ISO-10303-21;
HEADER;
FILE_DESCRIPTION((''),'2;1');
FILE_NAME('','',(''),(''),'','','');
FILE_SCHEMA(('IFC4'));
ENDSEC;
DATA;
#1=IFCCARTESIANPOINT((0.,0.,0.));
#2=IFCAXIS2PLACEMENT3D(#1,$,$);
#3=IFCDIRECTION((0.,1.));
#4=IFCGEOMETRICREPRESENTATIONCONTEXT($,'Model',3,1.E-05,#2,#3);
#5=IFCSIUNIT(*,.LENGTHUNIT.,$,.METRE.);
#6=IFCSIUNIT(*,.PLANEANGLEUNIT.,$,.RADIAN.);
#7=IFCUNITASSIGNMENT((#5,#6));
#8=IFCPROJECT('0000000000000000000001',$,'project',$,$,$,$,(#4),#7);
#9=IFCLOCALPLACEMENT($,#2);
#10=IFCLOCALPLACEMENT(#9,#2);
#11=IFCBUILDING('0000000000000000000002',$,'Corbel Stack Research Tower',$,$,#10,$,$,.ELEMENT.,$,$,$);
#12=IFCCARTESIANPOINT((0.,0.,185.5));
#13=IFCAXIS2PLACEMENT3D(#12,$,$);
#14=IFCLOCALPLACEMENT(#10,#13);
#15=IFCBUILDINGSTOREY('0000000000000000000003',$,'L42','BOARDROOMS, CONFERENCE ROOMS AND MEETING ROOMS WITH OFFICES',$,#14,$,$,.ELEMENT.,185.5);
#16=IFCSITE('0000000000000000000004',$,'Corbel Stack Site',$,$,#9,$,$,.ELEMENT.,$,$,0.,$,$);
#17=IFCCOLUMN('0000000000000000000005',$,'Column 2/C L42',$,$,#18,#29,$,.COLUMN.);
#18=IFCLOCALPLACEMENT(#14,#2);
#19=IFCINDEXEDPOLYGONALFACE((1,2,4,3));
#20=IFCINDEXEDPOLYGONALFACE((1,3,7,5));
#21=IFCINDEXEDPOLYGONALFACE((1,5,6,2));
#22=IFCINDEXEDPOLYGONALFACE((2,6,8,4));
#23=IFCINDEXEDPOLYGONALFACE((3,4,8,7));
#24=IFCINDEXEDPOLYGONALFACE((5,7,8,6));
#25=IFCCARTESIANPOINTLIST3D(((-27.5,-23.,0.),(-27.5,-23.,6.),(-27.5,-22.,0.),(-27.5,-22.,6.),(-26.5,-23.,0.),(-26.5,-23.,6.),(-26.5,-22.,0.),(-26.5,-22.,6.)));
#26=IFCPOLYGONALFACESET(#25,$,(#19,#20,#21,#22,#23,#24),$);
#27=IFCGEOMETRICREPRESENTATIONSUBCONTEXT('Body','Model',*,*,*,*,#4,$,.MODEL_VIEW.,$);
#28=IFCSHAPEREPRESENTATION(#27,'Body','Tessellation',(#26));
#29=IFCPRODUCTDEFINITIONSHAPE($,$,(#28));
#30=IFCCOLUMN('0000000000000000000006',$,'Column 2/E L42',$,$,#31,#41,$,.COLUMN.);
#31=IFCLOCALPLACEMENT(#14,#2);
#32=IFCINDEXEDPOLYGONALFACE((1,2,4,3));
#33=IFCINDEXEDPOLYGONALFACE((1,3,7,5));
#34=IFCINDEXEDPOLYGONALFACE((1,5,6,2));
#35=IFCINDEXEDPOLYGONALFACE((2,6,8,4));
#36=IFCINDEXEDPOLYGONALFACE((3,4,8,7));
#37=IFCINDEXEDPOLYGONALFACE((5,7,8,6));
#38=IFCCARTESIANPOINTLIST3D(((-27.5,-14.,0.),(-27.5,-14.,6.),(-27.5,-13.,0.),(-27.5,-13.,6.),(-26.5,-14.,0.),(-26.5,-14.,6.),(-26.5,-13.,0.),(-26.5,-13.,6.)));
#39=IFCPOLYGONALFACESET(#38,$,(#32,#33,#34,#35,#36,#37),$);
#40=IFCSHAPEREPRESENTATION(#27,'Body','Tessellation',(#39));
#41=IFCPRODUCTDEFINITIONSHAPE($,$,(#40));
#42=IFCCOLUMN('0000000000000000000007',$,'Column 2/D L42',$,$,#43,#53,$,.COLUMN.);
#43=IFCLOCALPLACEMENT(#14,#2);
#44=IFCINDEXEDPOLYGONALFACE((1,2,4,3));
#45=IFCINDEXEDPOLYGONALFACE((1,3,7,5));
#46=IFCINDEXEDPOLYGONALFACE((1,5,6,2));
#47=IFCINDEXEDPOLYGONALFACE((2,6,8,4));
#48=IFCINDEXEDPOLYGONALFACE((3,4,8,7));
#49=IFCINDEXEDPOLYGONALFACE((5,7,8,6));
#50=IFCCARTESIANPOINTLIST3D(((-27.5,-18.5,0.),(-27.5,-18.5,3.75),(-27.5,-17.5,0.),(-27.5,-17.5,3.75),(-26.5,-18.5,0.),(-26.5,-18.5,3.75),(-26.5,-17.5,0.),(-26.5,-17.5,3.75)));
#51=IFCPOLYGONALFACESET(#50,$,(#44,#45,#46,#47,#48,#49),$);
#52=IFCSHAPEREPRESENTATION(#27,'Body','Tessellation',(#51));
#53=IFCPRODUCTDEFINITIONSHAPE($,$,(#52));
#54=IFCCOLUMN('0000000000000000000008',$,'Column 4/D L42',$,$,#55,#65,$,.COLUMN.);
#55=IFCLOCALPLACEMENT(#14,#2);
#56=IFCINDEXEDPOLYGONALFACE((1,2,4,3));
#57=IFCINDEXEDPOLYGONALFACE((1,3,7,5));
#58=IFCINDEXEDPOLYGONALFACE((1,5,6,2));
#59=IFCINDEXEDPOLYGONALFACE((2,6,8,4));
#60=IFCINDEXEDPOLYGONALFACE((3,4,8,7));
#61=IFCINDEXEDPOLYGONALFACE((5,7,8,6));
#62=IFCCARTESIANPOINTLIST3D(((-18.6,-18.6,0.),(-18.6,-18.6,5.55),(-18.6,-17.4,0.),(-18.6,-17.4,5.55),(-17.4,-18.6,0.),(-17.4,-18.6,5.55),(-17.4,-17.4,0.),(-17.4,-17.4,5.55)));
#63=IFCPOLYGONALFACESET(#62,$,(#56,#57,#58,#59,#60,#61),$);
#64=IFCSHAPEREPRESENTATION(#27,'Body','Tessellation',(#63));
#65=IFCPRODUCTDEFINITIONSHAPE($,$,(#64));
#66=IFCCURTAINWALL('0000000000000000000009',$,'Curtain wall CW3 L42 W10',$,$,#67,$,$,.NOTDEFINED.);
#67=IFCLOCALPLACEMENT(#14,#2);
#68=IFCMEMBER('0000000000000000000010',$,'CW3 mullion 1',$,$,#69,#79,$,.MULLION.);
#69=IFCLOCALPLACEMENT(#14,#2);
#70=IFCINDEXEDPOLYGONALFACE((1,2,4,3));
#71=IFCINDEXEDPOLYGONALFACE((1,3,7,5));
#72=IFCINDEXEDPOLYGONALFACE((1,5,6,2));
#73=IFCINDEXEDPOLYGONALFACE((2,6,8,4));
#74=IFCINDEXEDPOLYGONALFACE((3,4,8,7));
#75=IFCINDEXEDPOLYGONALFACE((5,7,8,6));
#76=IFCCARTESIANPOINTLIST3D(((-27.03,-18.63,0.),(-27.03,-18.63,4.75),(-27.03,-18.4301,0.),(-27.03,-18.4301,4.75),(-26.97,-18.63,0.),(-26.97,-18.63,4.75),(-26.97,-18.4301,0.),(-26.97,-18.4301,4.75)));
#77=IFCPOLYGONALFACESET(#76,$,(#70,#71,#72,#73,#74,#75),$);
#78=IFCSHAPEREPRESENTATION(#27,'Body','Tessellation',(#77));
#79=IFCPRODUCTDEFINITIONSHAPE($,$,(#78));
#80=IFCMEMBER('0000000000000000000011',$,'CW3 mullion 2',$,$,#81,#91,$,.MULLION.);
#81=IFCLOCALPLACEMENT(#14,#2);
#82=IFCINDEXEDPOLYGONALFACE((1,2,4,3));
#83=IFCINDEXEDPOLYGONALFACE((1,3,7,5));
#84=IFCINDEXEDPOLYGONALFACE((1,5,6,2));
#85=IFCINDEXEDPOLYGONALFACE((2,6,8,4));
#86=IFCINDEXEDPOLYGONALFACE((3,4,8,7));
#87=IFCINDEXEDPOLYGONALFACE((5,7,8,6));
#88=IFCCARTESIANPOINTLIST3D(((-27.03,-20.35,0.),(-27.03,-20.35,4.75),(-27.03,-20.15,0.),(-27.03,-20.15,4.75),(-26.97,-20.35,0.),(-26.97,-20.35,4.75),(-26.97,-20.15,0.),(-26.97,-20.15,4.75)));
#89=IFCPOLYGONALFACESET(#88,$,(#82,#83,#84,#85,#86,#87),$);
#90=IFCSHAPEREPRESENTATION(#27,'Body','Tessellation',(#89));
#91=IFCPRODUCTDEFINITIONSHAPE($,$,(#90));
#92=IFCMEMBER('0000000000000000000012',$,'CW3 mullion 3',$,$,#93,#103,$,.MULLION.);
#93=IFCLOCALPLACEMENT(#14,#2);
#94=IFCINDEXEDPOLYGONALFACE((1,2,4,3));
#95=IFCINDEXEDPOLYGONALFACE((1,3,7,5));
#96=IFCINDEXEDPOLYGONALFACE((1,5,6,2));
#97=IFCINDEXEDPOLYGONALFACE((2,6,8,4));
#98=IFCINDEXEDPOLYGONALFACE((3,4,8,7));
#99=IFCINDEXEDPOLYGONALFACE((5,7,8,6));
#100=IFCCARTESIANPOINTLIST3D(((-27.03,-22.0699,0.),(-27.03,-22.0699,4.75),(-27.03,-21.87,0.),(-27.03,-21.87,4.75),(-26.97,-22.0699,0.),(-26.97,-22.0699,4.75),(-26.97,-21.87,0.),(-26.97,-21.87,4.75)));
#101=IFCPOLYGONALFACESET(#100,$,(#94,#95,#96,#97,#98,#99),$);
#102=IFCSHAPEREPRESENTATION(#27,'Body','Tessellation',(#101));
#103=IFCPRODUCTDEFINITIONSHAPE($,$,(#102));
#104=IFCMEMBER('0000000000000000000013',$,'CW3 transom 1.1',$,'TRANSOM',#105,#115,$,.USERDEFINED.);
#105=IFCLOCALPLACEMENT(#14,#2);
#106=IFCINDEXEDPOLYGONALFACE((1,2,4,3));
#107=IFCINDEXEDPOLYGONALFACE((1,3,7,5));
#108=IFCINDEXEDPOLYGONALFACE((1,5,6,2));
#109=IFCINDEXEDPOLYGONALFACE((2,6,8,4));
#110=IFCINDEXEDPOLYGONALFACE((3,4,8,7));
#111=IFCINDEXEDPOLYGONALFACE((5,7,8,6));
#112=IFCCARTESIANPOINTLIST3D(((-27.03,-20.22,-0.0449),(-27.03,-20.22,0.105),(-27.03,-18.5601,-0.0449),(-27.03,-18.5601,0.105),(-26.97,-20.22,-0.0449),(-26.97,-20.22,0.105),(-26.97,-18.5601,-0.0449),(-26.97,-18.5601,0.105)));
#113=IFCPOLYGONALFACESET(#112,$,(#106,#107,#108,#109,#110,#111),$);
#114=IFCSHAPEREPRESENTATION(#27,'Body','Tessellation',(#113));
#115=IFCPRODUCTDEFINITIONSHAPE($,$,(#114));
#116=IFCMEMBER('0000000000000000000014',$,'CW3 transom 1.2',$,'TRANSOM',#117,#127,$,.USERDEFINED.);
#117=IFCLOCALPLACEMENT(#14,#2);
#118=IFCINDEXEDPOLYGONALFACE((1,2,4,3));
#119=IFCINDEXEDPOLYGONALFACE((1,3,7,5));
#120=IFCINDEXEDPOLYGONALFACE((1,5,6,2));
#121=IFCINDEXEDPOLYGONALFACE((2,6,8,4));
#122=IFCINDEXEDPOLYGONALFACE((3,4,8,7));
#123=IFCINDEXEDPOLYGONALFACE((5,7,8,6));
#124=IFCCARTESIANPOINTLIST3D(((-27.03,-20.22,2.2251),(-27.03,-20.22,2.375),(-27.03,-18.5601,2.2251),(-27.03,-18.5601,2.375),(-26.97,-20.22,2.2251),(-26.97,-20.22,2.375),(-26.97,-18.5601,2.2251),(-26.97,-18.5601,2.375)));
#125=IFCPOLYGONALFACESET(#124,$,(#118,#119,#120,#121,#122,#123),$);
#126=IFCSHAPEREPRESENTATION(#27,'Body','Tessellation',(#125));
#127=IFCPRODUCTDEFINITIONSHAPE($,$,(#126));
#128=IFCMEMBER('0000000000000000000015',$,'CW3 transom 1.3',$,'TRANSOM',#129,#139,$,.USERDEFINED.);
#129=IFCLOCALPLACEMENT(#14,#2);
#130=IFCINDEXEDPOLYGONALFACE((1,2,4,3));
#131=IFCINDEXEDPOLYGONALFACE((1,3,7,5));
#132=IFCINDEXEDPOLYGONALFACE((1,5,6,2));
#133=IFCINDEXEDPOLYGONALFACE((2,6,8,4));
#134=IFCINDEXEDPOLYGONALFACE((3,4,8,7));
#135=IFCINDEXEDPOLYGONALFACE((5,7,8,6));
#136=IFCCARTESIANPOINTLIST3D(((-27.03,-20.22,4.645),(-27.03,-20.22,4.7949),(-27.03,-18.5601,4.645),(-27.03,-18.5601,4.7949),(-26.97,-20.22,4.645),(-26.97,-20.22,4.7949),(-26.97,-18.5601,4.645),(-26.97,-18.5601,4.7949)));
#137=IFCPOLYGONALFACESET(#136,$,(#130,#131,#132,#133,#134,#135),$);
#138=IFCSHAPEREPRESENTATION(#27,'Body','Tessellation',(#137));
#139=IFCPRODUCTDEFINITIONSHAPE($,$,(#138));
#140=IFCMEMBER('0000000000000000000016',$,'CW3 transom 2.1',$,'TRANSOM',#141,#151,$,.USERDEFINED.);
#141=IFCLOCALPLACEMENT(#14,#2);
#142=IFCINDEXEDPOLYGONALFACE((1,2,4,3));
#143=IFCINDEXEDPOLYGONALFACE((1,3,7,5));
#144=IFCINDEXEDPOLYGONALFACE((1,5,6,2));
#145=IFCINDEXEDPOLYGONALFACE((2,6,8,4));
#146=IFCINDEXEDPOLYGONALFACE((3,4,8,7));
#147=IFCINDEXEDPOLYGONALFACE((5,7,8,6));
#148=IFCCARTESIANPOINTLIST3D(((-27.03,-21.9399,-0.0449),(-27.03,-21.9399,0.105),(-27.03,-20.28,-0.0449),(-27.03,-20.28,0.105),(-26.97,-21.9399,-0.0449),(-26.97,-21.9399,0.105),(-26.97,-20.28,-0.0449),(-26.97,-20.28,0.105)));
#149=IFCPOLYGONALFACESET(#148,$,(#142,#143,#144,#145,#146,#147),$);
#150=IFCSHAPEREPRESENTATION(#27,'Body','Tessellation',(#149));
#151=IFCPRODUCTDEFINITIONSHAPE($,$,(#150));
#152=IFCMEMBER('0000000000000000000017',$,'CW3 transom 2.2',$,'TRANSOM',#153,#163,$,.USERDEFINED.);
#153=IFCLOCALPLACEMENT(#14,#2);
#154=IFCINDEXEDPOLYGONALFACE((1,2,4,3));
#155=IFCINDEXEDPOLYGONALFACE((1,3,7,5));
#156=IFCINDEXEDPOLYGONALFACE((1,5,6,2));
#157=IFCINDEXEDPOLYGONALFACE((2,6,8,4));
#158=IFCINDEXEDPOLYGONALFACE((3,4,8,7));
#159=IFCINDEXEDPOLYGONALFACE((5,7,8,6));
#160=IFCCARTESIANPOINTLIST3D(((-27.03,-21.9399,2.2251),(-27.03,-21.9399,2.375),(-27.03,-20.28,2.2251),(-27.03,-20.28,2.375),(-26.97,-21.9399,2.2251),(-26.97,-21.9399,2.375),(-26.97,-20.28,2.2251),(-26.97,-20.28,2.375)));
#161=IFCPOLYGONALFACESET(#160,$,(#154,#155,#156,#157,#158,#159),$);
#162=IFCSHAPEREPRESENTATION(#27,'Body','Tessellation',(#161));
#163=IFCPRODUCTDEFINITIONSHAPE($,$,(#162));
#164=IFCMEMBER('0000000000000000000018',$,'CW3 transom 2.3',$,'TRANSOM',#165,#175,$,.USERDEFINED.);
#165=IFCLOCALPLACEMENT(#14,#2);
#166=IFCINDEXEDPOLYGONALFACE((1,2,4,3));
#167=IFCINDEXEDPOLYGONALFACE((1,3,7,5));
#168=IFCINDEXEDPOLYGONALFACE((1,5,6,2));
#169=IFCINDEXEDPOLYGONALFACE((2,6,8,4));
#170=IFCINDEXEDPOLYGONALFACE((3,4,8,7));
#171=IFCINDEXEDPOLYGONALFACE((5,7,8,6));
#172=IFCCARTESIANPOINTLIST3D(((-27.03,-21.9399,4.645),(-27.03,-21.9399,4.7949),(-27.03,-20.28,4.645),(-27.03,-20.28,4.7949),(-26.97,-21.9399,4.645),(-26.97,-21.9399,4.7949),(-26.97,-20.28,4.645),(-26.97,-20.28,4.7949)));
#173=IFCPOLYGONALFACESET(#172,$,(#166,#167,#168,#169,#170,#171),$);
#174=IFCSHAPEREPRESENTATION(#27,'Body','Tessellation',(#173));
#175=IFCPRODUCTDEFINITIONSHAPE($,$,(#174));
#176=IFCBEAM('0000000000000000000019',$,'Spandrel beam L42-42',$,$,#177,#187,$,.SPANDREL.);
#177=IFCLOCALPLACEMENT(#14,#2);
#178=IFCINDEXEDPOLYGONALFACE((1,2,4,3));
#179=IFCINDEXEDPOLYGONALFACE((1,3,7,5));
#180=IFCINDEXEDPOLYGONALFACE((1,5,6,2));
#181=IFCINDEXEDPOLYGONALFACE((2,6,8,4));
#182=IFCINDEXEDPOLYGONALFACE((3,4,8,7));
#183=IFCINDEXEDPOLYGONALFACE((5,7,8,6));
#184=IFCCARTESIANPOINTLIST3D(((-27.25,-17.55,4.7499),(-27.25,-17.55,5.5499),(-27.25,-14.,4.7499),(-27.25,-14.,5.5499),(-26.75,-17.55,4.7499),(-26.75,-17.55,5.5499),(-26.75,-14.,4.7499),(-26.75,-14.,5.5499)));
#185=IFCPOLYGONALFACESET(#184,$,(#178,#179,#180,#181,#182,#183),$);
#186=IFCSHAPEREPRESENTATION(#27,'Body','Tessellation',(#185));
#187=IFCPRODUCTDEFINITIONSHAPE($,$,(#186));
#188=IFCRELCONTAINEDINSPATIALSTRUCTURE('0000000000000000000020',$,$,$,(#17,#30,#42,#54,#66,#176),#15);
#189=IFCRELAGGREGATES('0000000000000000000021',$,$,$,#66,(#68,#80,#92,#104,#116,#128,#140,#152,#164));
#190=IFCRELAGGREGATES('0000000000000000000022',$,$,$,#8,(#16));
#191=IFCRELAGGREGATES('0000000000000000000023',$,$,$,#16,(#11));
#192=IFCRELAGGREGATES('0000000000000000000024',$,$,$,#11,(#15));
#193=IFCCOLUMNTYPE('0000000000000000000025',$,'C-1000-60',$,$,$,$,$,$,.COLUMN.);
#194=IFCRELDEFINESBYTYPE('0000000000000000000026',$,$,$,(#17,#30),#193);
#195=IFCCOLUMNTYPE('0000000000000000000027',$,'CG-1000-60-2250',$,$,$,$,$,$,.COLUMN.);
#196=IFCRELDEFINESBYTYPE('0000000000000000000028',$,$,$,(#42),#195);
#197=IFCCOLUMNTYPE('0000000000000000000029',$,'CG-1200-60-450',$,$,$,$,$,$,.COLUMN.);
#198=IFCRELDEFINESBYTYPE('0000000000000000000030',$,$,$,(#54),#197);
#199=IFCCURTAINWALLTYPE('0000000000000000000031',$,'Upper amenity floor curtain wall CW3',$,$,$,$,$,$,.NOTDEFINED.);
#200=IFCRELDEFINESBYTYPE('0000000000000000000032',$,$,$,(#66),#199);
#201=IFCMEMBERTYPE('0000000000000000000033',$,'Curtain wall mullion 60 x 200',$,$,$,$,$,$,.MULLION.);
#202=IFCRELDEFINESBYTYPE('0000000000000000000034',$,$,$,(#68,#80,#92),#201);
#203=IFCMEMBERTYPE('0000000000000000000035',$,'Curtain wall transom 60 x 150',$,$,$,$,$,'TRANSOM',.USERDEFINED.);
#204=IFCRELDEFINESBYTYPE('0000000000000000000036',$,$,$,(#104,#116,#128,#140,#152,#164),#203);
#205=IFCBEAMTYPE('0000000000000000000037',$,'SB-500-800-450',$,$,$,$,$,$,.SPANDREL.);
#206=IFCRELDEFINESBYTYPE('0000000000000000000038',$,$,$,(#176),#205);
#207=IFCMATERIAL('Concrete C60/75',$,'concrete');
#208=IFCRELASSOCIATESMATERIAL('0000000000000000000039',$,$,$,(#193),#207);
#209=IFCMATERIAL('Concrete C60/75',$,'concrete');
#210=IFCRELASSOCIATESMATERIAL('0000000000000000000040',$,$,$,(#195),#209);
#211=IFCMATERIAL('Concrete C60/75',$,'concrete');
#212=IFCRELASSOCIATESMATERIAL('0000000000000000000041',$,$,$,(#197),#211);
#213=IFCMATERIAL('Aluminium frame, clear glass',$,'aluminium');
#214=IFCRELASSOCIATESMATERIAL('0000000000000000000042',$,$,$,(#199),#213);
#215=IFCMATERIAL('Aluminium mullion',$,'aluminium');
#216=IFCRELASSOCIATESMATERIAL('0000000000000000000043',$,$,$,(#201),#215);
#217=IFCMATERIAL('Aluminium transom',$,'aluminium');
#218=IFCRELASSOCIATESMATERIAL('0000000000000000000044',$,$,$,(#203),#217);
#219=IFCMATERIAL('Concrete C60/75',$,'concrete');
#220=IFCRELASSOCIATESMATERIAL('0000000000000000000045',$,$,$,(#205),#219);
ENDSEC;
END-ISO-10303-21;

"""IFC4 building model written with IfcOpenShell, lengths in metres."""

from ifc_helpers import new_model, si_unit, direction, frame, origin, origin_2d, place, context, subcontext, project, spatial, rectangle, extrude, material, material_profile, profile_set, type_object, element, aggregate, save


model = new_model("IFC4")

# Units and contexts
model_context = context("Model", 3, precision=1e-05, world=origin(), true_north=direction((0.0, 1.0)))
body_context = subcontext(model_context, "Body", "Model", "MODEL_VIEW")
ifc_project = project(units=[si_unit("LENGTHUNIT", "METRE"), si_unit("PLANEANGLEUNIT", "RADIAN")], contexts=[model_context])

# Site, building, storey
site_placement = place(None, origin())
site = spatial("IfcSite", under=ifc_project, at=site_placement, Name="Corbel Stack Site", CompositionType="ELEMENT", RefElevation=0.0)
building_placement = place(site_placement, origin())
building = spatial("IfcBuilding", under=site, at=building_placement, Name="Corbel Stack Research Tower", CompositionType="ELEMENT")
storey_placement = place(building_placement, frame((0.0, 0.0, 185.5)))
storey = spatial("IfcBuildingStorey", under=building, at=storey_placement, Name="L42", Description="BOARDROOMS, CONFERENCE ROOMS AND MEETING ROOMS WITH OFFICES", CompositionType="ELEMENT", Elevation=185.5)

# Columns
ifc_material_1 = material(Name="Concrete C60/75", Category="concrete")
ifc_material_profile_1 = material_profile(ifc_material_1, rectangle(XDim=1.0, YDim=1.0, at=origin_2d()), Name="RC 1000 x 1000")
ifc_profile_set_1 = profile_set([ifc_material_profile_1], Name="Concrete C60/75")
column_type_1 = type_object("IfcColumnType", Name="C-1000-60", PredefinedType="COLUMN", material=ifc_profile_set_1)
for number, where, z_axis, x_axis, name in (
    (1, (-27.0, -22.5, 0.0), (0.0, 0.0, 1.0), (1.0, 0.0, 0.0), "Column 2/C L42"),
    (2, (-27.0, -13.5, 0.0), (0.0, 0.0, 1.0), (1.0, 0.0, 0.0), "Column 2/E L42"),
):
    element("IfcColumn", number, at=place(storey_placement, frame(where, z_axis=z_axis, x_axis=x_axis)), inside=storey, type_object=column_type_1, Name=name, PredefinedType="COLUMN", context=body_context, shape_type="SweptSolid", body=[
        extrude(rectangle(XDim=1.0, YDim=1.0, at=origin_2d()), origin(), (0.0, 0.0, 1.0), 6.0),
    ])
ifc_material_2 = material(Name="Concrete C60/75", Category="concrete")
ifc_material_profile_2 = material_profile(ifc_material_2, rectangle(XDim=1.0, YDim=1.0, at=origin_2d()), Name="RC 1000 x 1000")
ifc_profile_set_2 = profile_set([ifc_material_profile_2], Name="Concrete C60/75")
column_type_2 = type_object("IfcColumnType", Name="CG-1000-60-2250", PredefinedType="COLUMN", material=ifc_profile_set_2)
column_1_placement = place(storey_placement, frame((-27.0, -18.0, 0.0), z_axis=(0.0, 0.0, 1.0), x_axis=(1.0, 0.0, 0.0)))
element("IfcColumn", 3, at=column_1_placement, inside=storey, type_object=column_type_2, Name="Column 2/D L42", PredefinedType="COLUMN", context=body_context, shape_type="SweptSolid", body=[
    extrude(rectangle(XDim=1.0, YDim=1.0, at=origin_2d()), origin(), (0.0, 0.0, 1.0), 3.75),
])
ifc_material_3 = material(Name="Concrete C60/75", Category="concrete")
ifc_material_profile_3 = material_profile(ifc_material_3, rectangle(XDim=1.2, YDim=1.2, at=origin_2d()), Name="RC 1200 x 1200")
ifc_profile_set_3 = profile_set([ifc_material_profile_3], Name="Concrete C60/75")
column_type_3 = type_object("IfcColumnType", Name="CG-1200-60-450", PredefinedType="COLUMN", material=ifc_profile_set_3)
column_2_placement = place(storey_placement, frame((-18.0, -18.0, 0.0), z_axis=(0.0, 0.0, 1.0), x_axis=(1.0, 0.0, 0.0)))
element("IfcColumn", 4, at=column_2_placement, inside=storey, type_object=column_type_3, Name="Column 4/D L42", PredefinedType="COLUMN", context=body_context, shape_type="SweptSolid", body=[
    extrude(rectangle(XDim=1.2, YDim=1.2, at=origin_2d()), origin(), (0.0, 0.0, 1.0), 5.55),
])

# Curtain wall, members
ifc_material_4 = material(Name="Aluminium frame, clear glass", Category="aluminium")
curtain_wall_type = type_object("IfcCurtainWallType", Name="Upper amenity floor curtain wall CW3", PredefinedType="NOTDEFINED", material=ifc_material_4)
curtain_wall_placement = place(storey_placement, origin())
curtain_wall = element("IfcCurtainWall", 5, at=curtain_wall_placement, inside=storey, type_object=curtain_wall_type, Name="Curtain wall CW3 L42 W10", PredefinedType="NOTDEFINED")
ifc_material_5 = material(Name="Aluminium mullion", Category="aluminium")
ifc_material_profile_4 = material_profile(ifc_material_5, rectangle(XDim=0.0601, YDim=0.2, at=origin_2d()), Name="Mullion 60 x 200")
ifc_profile_set_4 = profile_set([ifc_material_profile_4], Name="Aluminium mullion")
member_type_1 = type_object("IfcMemberType", Name="Curtain wall mullion 60 x 200", PredefinedType="MULLION", material=ifc_profile_set_4)
member_1_placement = place(storey_placement, frame((-27.0, -18.53, 0.0), z_axis=(0.0, 0.0, 1.0), x_axis=(1.0, 0.0, 0.0)))
member_1 = element("IfcMember", 6, at=member_1_placement, type_object=member_type_1, Name="CW3 mullion 1", PredefinedType="MULLION", context=body_context, shape_type="SweptSolid", body=[
    extrude(rectangle(XDim=0.0601, YDim=0.2, at=origin_2d()), origin(), (0.0, 0.0, 1.0), 4.75),
])
member_2_placement = place(storey_placement, frame((-27.0, -20.25, 0.0), z_axis=(0.0, 0.0, 1.0), x_axis=(1.0, 0.0, 0.0)))
member_2 = element("IfcMember", 7, at=member_2_placement, type_object=member_type_1, Name="CW3 mullion 2", PredefinedType="MULLION", context=body_context, shape_type="SweptSolid", body=[
    extrude(rectangle(XDim=0.0601, YDim=0.2, at=origin_2d()), origin(), (0.0, 0.0, 1.0), 4.75),
])
member_3_placement = place(storey_placement, frame((-27.0, -21.97, 0.0), z_axis=(0.0, 0.0, 1.0), x_axis=(1.0, 0.0, 0.0)))
member_3 = element("IfcMember", 8, at=member_3_placement, type_object=member_type_1, Name="CW3 mullion 3", PredefinedType="MULLION", context=body_context, shape_type="SweptSolid", body=[
    extrude(rectangle(XDim=0.0601, YDim=0.2, at=origin_2d()), origin(), (0.0, 0.0, 1.0), 4.75),
])
ifc_material_6 = material(Name="Aluminium transom", Category="aluminium")
ifc_material_profile_5 = material_profile(ifc_material_6, rectangle(XDim=0.0601, YDim=0.1499, at=origin_2d()), Name="Transom 60 x 150")
ifc_profile_set_5 = profile_set([ifc_material_profile_5], Name="Aluminium transom")
member_type_2 = type_object("IfcMemberType", Name="Curtain wall transom 60 x 150", ElementType="TRANSOM", PredefinedType="USERDEFINED", material=ifc_profile_set_5)
member_4_placement = place(storey_placement, frame((-27.0, -18.5601, 0.03), z_axis=(0.0, -1.0, 0.0), x_axis=(1.0, 0.0, 0.0)))
member_4 = element("IfcMember", 9, at=member_4_placement, type_object=member_type_2, Name="CW3 transom 1.1", ObjectType="TRANSOM", PredefinedType="USERDEFINED", context=body_context, shape_type="SweptSolid", body=[
    extrude(rectangle(XDim=0.0601, YDim=0.1499, at=origin_2d()), origin(), (0.0, 0.0, 1.0), 1.6599),
])
member_5_placement = place(storey_placement, frame((-27.0, -18.5601, 2.3), z_axis=(0.0, -1.0, 0.0), x_axis=(1.0, 0.0, 0.0)))
member_5 = element("IfcMember", 10, at=member_5_placement, type_object=member_type_2, Name="CW3 transom 1.2", ObjectType="TRANSOM", PredefinedType="USERDEFINED", context=body_context, shape_type="SweptSolid", body=[
    extrude(rectangle(XDim=0.0601, YDim=0.1499, at=origin_2d()), origin(), (0.0, 0.0, 1.0), 1.6599),
])
member_6_placement = place(storey_placement, frame((-27.0, -18.5601, 4.72), z_axis=(0.0, -1.0, 0.0), x_axis=(1.0, 0.0, 0.0)))
member_6 = element("IfcMember", 11, at=member_6_placement, type_object=member_type_2, Name="CW3 transom 1.3", ObjectType="TRANSOM", PredefinedType="USERDEFINED", context=body_context, shape_type="SweptSolid", body=[
    extrude(rectangle(XDim=0.0601, YDim=0.1499, at=origin_2d()), origin(), (0.0, 0.0, 1.0), 1.6599),
])
member_7_placement = place(storey_placement, frame((-27.0, -20.28, 0.03), z_axis=(0.0, -1.0, 0.0), x_axis=(1.0, 0.0, 0.0)))
member_7 = element("IfcMember", 12, at=member_7_placement, type_object=member_type_2, Name="CW3 transom 2.1", ObjectType="TRANSOM", PredefinedType="USERDEFINED", context=body_context, shape_type="SweptSolid", body=[
    extrude(rectangle(XDim=0.0601, YDim=0.1499, at=origin_2d()), origin(), (0.0, 0.0, 1.0), 1.6599),
])
member_8_placement = place(storey_placement, frame((-27.0, -20.28, 2.3), z_axis=(0.0, -1.0, 0.0), x_axis=(1.0, 0.0, 0.0)))
member_8 = element("IfcMember", 13, at=member_8_placement, type_object=member_type_2, Name="CW3 transom 2.2", ObjectType="TRANSOM", PredefinedType="USERDEFINED", context=body_context, shape_type="SweptSolid", body=[
    extrude(rectangle(XDim=0.0601, YDim=0.1499, at=origin_2d()), origin(), (0.0, 0.0, 1.0), 1.6599),
])
member_9_placement = place(storey_placement, frame((-27.0, -20.28, 4.72), z_axis=(0.0, -1.0, 0.0), x_axis=(1.0, 0.0, 0.0)))
member_9 = element("IfcMember", 14, at=member_9_placement, type_object=member_type_2, Name="CW3 transom 2.3", ObjectType="TRANSOM", PredefinedType="USERDEFINED", context=body_context, shape_type="SweptSolid", body=[
    extrude(rectangle(XDim=0.0601, YDim=0.1499, at=origin_2d()), origin(), (0.0, 0.0, 1.0), 1.6599),
])

# Beam
ifc_material_7 = material(Name="Concrete C60/75", Category="concrete")
ifc_material_profile_6 = material_profile(ifc_material_7, rectangle(XDim=0.5, YDim=0.8, at=origin_2d()), Name="RC 500 x 800")
ifc_profile_set_6 = profile_set([ifc_material_profile_6], Name="Concrete C60/75")
beam_type_1 = type_object("IfcBeamType", Name="SB-500-800-450", PredefinedType="SPANDREL", material=ifc_profile_set_6)
for number, where, z_axis, x_axis, name in (
    (15, (-27.0, -14.0, 5.1499), (0.0, -1.0, 0.0), (1.0, 0.0, 0.0), "Spandrel beam L42-42"),
):
    element("IfcBeam", number, at=place(storey_placement, frame(where, z_axis=z_axis, x_axis=x_axis)), inside=storey, type_object=beam_type_1, Name=name, PredefinedType="SPANDREL", context=body_context, shape_type="SweptSolid", body=[
        extrude(rectangle(XDim=0.5, YDim=0.8, at=origin_2d()), origin(), (0.0, 0.0, 1.0), 3.55),
    ])

aggregate(curtain_wall, [member_1, member_2, member_3, member_4, member_5, member_6, member_7, member_8, member_9])

save(model, "model.ifc")
